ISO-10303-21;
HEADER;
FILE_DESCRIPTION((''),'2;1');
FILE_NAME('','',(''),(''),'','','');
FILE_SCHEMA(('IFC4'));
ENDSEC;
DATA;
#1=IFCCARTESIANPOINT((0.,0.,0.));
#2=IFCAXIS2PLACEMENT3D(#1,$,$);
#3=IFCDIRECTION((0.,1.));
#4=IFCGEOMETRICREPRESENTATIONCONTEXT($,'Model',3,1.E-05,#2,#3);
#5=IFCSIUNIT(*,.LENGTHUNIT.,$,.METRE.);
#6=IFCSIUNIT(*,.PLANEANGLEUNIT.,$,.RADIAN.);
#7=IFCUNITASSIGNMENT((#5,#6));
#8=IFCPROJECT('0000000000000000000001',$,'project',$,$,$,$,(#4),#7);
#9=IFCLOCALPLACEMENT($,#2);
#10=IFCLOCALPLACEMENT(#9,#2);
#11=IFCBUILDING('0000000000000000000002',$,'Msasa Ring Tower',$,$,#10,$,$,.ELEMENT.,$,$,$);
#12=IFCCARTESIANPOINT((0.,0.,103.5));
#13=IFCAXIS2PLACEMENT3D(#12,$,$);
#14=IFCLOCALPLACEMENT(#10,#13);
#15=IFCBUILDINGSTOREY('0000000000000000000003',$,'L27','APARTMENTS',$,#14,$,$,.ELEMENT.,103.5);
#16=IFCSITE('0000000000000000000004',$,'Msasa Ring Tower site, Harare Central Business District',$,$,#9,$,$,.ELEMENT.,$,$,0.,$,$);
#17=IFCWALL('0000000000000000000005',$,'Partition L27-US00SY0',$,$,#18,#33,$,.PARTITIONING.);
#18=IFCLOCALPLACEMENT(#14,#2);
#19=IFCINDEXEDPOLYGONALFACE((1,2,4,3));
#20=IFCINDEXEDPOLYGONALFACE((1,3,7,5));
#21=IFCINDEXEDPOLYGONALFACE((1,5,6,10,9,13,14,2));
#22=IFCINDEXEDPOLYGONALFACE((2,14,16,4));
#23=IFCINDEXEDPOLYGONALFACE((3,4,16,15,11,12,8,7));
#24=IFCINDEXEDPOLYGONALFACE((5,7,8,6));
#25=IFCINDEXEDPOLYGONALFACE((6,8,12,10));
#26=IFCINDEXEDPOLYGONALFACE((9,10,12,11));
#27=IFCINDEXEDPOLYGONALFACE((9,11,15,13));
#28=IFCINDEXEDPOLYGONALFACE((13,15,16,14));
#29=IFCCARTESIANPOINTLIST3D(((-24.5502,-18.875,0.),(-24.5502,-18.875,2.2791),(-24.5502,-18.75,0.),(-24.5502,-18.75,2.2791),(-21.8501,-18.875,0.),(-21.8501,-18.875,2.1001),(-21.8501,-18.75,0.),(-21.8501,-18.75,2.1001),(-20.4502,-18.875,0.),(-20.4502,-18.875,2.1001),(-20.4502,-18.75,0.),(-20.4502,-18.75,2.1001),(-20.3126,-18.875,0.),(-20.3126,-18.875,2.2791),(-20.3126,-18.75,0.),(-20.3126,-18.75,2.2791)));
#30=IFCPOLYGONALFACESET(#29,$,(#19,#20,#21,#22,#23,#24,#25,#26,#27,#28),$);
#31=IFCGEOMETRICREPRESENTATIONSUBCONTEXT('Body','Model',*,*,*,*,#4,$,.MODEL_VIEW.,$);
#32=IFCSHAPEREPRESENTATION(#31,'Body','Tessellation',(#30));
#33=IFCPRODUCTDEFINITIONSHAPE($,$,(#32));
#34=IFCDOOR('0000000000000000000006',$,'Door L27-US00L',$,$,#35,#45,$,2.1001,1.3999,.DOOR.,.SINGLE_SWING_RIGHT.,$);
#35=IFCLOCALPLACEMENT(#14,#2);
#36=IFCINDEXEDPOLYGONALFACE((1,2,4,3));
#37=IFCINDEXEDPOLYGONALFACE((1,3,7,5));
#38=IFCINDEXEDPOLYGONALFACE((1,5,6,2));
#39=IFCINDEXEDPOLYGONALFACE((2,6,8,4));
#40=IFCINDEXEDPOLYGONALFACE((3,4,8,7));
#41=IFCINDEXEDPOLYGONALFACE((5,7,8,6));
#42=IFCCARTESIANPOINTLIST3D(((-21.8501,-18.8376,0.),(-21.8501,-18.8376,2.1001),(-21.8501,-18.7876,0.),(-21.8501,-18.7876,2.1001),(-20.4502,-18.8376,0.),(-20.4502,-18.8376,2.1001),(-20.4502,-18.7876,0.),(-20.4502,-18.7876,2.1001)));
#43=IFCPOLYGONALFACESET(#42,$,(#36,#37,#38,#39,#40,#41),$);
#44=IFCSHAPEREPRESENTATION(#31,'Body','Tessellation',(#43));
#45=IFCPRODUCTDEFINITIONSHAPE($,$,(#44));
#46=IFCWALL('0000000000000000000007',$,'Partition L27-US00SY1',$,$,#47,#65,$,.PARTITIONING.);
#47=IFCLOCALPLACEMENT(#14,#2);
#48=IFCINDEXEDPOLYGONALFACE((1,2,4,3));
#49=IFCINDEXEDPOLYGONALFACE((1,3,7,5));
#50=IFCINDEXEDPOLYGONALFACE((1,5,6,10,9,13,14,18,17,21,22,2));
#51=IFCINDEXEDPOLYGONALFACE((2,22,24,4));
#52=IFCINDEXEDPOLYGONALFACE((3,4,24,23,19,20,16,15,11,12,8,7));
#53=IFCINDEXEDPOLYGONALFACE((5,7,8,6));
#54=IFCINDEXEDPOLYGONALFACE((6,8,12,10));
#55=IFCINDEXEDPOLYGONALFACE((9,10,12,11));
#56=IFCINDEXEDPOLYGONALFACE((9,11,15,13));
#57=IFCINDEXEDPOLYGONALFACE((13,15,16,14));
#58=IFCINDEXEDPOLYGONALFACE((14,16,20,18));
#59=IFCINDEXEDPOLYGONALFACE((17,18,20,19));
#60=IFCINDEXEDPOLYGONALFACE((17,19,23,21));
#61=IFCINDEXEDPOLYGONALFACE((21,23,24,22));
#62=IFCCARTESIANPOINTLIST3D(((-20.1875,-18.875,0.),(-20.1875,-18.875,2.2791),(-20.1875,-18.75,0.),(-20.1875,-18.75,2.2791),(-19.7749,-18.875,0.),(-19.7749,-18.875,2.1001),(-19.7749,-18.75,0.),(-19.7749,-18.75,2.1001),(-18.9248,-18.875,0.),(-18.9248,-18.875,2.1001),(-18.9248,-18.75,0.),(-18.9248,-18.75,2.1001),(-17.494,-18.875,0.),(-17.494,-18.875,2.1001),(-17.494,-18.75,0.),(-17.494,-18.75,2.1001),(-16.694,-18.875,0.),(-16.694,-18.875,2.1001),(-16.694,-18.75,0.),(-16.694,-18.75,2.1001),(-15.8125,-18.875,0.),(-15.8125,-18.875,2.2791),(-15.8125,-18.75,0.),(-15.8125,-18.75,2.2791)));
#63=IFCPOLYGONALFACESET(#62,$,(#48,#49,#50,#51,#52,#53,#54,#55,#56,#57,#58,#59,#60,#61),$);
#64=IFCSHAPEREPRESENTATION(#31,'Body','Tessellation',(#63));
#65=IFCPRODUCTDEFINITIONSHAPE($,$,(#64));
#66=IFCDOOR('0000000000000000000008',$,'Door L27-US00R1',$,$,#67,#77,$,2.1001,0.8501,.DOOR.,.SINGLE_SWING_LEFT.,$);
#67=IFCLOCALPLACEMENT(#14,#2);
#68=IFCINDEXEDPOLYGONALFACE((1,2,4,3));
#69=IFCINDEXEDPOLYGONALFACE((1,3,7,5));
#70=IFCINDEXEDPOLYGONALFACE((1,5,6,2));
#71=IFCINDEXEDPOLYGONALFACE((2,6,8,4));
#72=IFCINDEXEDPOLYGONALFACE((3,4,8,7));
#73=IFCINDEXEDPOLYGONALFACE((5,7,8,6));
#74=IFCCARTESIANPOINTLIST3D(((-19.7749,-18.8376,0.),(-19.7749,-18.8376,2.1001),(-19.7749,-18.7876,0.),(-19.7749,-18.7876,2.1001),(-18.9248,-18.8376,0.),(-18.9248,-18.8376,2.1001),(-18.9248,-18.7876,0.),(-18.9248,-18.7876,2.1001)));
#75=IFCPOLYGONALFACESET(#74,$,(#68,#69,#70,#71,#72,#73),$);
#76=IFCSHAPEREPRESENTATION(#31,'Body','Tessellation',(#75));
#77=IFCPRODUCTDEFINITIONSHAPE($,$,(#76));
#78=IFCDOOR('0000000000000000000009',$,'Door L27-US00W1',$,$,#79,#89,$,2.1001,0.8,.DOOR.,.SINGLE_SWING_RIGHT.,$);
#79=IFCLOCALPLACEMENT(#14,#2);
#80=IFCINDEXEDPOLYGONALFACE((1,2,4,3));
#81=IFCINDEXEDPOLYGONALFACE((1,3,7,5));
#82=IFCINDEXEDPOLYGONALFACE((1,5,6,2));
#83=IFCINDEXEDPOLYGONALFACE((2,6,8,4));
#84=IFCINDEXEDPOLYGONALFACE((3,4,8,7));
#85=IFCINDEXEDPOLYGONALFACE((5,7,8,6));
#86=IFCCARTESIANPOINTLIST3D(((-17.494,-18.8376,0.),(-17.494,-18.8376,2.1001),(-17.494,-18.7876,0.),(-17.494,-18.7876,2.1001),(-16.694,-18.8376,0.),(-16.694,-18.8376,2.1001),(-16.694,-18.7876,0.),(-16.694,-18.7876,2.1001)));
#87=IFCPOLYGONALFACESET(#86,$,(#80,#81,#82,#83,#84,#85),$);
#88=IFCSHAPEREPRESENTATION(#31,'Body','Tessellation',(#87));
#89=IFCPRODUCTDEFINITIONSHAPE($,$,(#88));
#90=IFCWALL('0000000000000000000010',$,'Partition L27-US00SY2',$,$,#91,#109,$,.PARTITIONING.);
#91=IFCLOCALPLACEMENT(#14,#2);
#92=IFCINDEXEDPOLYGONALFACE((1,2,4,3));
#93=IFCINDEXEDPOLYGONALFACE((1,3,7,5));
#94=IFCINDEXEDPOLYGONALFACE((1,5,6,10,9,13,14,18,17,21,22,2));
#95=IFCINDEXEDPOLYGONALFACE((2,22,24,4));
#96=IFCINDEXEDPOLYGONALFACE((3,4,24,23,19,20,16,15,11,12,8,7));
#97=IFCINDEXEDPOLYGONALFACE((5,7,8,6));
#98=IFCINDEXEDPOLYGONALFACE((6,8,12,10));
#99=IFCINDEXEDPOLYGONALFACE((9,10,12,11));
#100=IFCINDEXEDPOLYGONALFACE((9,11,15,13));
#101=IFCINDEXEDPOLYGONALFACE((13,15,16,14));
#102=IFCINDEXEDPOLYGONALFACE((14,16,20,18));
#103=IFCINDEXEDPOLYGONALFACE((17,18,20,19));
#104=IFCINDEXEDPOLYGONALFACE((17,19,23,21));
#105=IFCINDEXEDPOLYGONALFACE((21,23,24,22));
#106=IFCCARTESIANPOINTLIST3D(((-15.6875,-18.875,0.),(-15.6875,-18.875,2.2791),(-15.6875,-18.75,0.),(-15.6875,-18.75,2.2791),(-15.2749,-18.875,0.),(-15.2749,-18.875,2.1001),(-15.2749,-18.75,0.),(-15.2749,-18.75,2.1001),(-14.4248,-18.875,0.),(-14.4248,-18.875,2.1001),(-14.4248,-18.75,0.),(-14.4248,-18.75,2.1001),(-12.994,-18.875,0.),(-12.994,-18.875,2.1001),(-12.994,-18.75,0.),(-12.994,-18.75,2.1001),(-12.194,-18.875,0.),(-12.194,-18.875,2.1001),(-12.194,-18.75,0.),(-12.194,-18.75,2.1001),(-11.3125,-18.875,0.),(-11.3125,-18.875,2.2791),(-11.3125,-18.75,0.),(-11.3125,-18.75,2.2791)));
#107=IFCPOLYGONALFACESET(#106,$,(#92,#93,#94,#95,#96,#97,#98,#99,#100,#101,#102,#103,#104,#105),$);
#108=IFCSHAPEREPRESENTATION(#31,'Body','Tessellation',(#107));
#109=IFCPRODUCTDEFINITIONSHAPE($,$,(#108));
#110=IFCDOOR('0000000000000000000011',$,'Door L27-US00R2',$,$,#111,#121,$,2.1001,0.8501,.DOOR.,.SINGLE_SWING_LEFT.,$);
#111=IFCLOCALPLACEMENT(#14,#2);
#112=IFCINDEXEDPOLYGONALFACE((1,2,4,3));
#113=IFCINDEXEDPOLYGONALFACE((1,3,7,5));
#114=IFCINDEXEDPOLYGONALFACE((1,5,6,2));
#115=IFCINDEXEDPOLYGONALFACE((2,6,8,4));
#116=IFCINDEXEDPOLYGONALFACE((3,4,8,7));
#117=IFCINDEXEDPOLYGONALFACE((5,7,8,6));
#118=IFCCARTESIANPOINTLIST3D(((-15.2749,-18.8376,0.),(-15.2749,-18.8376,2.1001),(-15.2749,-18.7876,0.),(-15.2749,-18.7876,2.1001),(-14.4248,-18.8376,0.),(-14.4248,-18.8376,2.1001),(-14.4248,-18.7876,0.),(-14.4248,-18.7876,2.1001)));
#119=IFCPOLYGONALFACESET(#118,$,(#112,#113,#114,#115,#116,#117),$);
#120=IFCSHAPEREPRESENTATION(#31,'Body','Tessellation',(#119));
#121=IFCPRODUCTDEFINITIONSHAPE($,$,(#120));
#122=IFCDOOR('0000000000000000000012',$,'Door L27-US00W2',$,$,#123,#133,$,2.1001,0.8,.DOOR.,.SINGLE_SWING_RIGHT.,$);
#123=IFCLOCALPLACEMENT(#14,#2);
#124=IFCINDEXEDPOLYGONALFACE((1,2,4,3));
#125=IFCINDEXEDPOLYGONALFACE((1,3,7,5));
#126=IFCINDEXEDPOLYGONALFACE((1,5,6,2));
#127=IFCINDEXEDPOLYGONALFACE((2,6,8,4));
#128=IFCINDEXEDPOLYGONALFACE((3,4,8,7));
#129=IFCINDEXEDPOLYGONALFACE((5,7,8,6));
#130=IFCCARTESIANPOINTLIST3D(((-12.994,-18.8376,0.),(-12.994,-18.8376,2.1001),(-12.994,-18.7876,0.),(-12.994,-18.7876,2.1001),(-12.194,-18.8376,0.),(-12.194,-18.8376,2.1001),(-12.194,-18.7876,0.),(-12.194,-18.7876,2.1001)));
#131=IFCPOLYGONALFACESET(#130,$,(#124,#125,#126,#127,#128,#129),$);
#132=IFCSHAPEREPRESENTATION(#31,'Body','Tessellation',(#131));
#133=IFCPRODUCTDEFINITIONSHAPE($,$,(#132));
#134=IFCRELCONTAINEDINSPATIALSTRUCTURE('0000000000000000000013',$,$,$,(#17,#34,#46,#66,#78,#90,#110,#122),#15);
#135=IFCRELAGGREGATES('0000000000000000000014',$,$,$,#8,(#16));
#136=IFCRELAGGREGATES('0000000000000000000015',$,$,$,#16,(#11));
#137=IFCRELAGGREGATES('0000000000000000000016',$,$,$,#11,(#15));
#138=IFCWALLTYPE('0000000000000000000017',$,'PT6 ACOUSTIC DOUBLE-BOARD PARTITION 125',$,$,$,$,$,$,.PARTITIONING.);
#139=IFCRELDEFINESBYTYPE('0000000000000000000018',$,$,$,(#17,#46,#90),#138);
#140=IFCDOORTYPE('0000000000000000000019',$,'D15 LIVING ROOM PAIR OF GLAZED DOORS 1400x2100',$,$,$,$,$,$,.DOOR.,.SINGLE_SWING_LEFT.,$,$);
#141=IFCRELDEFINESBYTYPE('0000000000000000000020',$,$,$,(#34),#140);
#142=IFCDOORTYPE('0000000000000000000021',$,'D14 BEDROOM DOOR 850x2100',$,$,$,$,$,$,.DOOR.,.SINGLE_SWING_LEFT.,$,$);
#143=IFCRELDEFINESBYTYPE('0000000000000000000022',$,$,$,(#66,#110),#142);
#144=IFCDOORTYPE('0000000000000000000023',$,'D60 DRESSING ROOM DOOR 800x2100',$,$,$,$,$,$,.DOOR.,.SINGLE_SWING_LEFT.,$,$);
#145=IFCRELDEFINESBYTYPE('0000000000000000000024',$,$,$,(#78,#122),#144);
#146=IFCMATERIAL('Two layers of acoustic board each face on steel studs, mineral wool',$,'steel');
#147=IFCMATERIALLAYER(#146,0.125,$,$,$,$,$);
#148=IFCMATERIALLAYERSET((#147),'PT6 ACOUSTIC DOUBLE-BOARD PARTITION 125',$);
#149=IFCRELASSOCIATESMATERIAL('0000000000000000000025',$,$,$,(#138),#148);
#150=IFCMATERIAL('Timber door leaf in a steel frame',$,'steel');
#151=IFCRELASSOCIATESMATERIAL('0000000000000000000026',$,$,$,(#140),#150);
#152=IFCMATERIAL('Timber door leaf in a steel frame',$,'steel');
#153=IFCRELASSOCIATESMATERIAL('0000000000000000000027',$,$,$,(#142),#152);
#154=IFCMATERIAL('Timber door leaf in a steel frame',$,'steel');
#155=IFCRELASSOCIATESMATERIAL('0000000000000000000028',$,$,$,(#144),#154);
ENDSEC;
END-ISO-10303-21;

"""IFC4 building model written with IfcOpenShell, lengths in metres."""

from ifc_helpers import new_model, si_unit, direction, frame, frame_2d, origin, place, context, subcontext, project, spatial, rectangle, extrude, material, layer, layer_set, type_object, element, fill, save


model = new_model("IFC4")

# Units and contexts
model_context = context("Model", 3, precision=1e-05, world=origin(), true_north=direction((0.0, 1.0)))
body_context = subcontext(model_context, "Body", "Model", "MODEL_VIEW")
ifc_project = project(units=[si_unit("LENGTHUNIT", "METRE"), si_unit("PLANEANGLEUNIT", "RADIAN")], contexts=[model_context])

# Site, building, storey
site_placement = place(None, origin())
site = spatial("IfcSite", under=ifc_project, at=site_placement, Name="Msasa Ring Tower site, Harare Central Business District", CompositionType="ELEMENT", RefElevation=0.0)
building_placement = place(site_placement, origin())
building = spatial("IfcBuilding", under=site, at=building_placement, Name="Msasa Ring Tower", CompositionType="ELEMENT")
storey_placement = place(building_placement, frame((0.0, 0.0, 103.5)))
storey = spatial("IfcBuildingStorey", under=building, at=storey_placement, Name="L27", Description="APARTMENTS", CompositionType="ELEMENT", Elevation=103.5)

# Shared definitions
ifc_material_1 = material(Name="Two layers of acoustic board each face on steel studs, mineral wool", Category="steel")
ifc_layer_1 = layer(ifc_material_1, 0.125)
ifc_layer_set_1 = layer_set([ifc_layer_1], Name="PT6 ACOUSTIC DOUBLE-BOARD PARTITION 125")
wall_type_1 = type_object("IfcWallType", Name="PT6 ACOUSTIC DOUBLE-BOARD PARTITION 125", PredefinedType="PARTITIONING", material=ifc_layer_set_1)

# Wall, opening, door
wall_1_placement = place(storey_placement, frame((-24.55, -18.8125, 0.0), z_axis=(0.0, 0.0, 1.0), x_axis=(1.0, 0.0, 0.0)))
wall_1 = element("IfcWall", 1, at=wall_1_placement, inside=storey, type_object=wall_type_1, Name="Partition L27-US00SY0", PredefinedType="PARTITIONING", context=body_context, shape_type="SweptSolid", body=[
    extrude(rectangle(XDim=4.2375, YDim=0.125, at=frame_2d((2.1187, 0.0))), origin(), (0.0, 0.0, 1.0), 2.2791),
])
opening_1_placement = place(wall_1_placement, frame((2.7, 0.0, 0.0)))
opening_1 = element("IfcOpeningElement", 2, at=opening_1_placement, cuts=wall_1, PredefinedType="OPENING", context=body_context, shape_type="SweptSolid", body=[
    extrude(rectangle(XDim=1.3999, YDim=2.1001, at=frame_2d((0.7, 1.05))), frame((0.0, 0.0725, 0.0), z_axis=(0.0, -1.0, 0.0), x_axis=(1.0, 0.0, 0.0)), (0.0, 0.0, 1.0), 0.145),
])
ifc_material_2 = material(Name="Timber door leaf in a steel frame", Category="steel")
door_type_1 = type_object("IfcDoorType", Name="D15 LIVING ROOM PAIR OF GLAZED DOORS 1400x2100", OperationType="SINGLE_SWING_LEFT", PredefinedType="DOOR", material=ifc_material_2)
door_1_placement = place(opening_1_placement, origin())
door_1 = element("IfcDoor", 3, at=door_1_placement, inside=storey, type_object=door_type_1, Name="Door L27-US00L", OperationType="SINGLE_SWING_RIGHT", OverallHeight=2.1001, OverallWidth=1.3999, PredefinedType="DOOR", context=body_context, shape_type="SweptSolid", body=[
    extrude(rectangle(XDim=1.3999, YDim=2.1001, at=frame_2d((0.7, 1.05))), frame((0.0, 0.0249, 0.0), z_axis=(0.0, -1.0, 0.0), x_axis=(1.0, 0.0, 0.0)), (0.0, 0.0, 1.0), 0.05),
])
fill(opening_1, door_1)

# Walls, openings, doors
wall_2_placement = place(storey_placement, frame((-20.1875, -18.8125, 0.0), z_axis=(0.0, 0.0, 1.0), x_axis=(1.0, 0.0, 0.0)))
wall_2 = element("IfcWall", 4, at=wall_2_placement, inside=storey, type_object=wall_type_1, Name="Partition L27-US00SY1", PredefinedType="PARTITIONING", context=body_context, shape_type="SweptSolid", body=[
    extrude(rectangle(XDim=4.375, YDim=0.125, at=frame_2d((2.1875, 0.0))), origin(), (0.0, 0.0, 1.0), 2.2791),
])
opening_2_placement = place(wall_2_placement, frame((0.4126, 0.0, 0.0)))
opening_2 = element("IfcOpeningElement", 5, at=opening_2_placement, cuts=wall_2, PredefinedType="OPENING", context=body_context, shape_type="SweptSolid", body=[
    extrude(rectangle(XDim=0.8501, YDim=2.1001, at=frame_2d((0.425, 1.05))), frame((0.0, 0.0725, 0.0), z_axis=(0.0, -1.0, 0.0), x_axis=(1.0, 0.0, 0.0)), (0.0, 0.0, 1.0), 0.145),
])
opening_3_placement = place(wall_2_placement, frame((2.6936, 0.0, 0.0)))
opening_3 = element("IfcOpeningElement", 6, at=opening_3_placement, cuts=wall_2, PredefinedType="OPENING", context=body_context, shape_type="SweptSolid", body=[
    extrude(rectangle(XDim=0.8, YDim=2.1001, at=frame_2d((0.3999, 1.05))), frame((0.0, 0.0725, 0.0), z_axis=(0.0, -1.0, 0.0), x_axis=(1.0, 0.0, 0.0)), (0.0, 0.0, 1.0), 0.145),
])
ifc_material_3 = material(Name="Timber door leaf in a steel frame", Category="steel")
door_type_2 = type_object("IfcDoorType", Name="D14 BEDROOM DOOR 850x2100", OperationType="SINGLE_SWING_LEFT", PredefinedType="DOOR", material=ifc_material_3)
door_2_placement = place(opening_2_placement, origin())
door_2 = element("IfcDoor", 7, at=door_2_placement, inside=storey, type_object=door_type_2, Name="Door L27-US00R1", OperationType="SINGLE_SWING_LEFT", OverallHeight=2.1001, OverallWidth=0.8501, PredefinedType="DOOR", context=body_context, shape_type="SweptSolid", body=[
    extrude(rectangle(XDim=0.8501, YDim=2.1001, at=frame_2d((0.425, 1.05))), frame((0.0, 0.0249, 0.0), z_axis=(0.0, -1.0, 0.0), x_axis=(1.0, 0.0, 0.0)), (0.0, 0.0, 1.0), 0.05),
])
fill(opening_2, door_2)
ifc_material_4 = material(Name="Timber door leaf in a steel frame", Category="steel")
door_type_3 = type_object("IfcDoorType", Name="D60 DRESSING ROOM DOOR 800x2100", OperationType="SINGLE_SWING_LEFT", PredefinedType="DOOR", material=ifc_material_4)
door_3_placement = place(opening_3_placement, origin())
door_3 = element("IfcDoor", 8, at=door_3_placement, inside=storey, type_object=door_type_3, Name="Door L27-US00W1", OperationType="SINGLE_SWING_RIGHT", OverallHeight=2.1001, OverallWidth=0.8, PredefinedType="DOOR", context=body_context, shape_type="SweptSolid", body=[
    extrude(rectangle(XDim=0.8, YDim=2.1001, at=frame_2d((0.3999, 1.05))), frame((0.0, 0.0249, 0.0), z_axis=(0.0, -1.0, 0.0), x_axis=(1.0, 0.0, 0.0)), (0.0, 0.0, 1.0), 0.05),
])
fill(opening_3, door_3)
wall_3_placement = place(storey_placement, frame((-15.6875, -18.8125, 0.0), z_axis=(0.0, 0.0, 1.0), x_axis=(1.0, 0.0, 0.0)))
wall_3 = element("IfcWall", 9, at=wall_3_placement, inside=storey, type_object=wall_type_1, Name="Partition L27-US00SY2", PredefinedType="PARTITIONING", context=body_context, shape_type="SweptSolid", body=[
    extrude(rectangle(XDim=4.375, YDim=0.125, at=frame_2d((2.1875, 0.0))), origin(), (0.0, 0.0, 1.0), 2.2791),
])
opening_4_placement = place(wall_3_placement, frame((0.4126, 0.0, 0.0)))
opening_4 = element("IfcOpeningElement", 10, at=opening_4_placement, cuts=wall_3, PredefinedType="OPENING", context=body_context, shape_type="SweptSolid", body=[
    extrude(rectangle(XDim=0.8501, YDim=2.1001, at=frame_2d((0.425, 1.05))), frame((0.0, 0.0725, 0.0), z_axis=(0.0, -1.0, 0.0), x_axis=(1.0, 0.0, 0.0)), (0.0, 0.0, 1.0), 0.145),
])
opening_5_placement = place(wall_3_placement, frame((2.6936, 0.0, 0.0)))
opening_5 = element("IfcOpeningElement", 11, at=opening_5_placement, cuts=wall_3, PredefinedType="OPENING", context=body_context, shape_type="SweptSolid", body=[
    extrude(rectangle(XDim=0.8, YDim=2.1001, at=frame_2d((0.3999, 1.05))), frame((0.0, 0.0725, 0.0), z_axis=(0.0, -1.0, 0.0), x_axis=(1.0, 0.0, 0.0)), (0.0, 0.0, 1.0), 0.145),
])
door_4_placement = place(opening_4_placement, origin())
door_4 = element("IfcDoor", 12, at=door_4_placement, inside=storey, type_object=door_type_2, Name="Door L27-US00R2", OperationType="SINGLE_SWING_LEFT", OverallHeight=2.1001, OverallWidth=0.8501, PredefinedType="DOOR", context=body_context, shape_type="SweptSolid", body=[
    extrude(rectangle(XDim=0.8501, YDim=2.1001, at=frame_2d((0.425, 1.05))), frame((0.0, 0.0249, 0.0), z_axis=(0.0, -1.0, 0.0), x_axis=(1.0, 0.0, 0.0)), (0.0, 0.0, 1.0), 0.05),
])
fill(opening_4, door_4)
door_5_placement = place(opening_5_placement, origin())
door_5 = element("IfcDoor", 13, at=door_5_placement, inside=storey, type_object=door_type_3, Name="Door L27-US00W2", OperationType="SINGLE_SWING_RIGHT", OverallHeight=2.1001, OverallWidth=0.8, PredefinedType="DOOR", context=body_context, shape_type="SweptSolid", body=[
    extrude(rectangle(XDim=0.8, YDim=2.1001, at=frame_2d((0.3999, 1.05))), frame((0.0, 0.0249, 0.0), z_axis=(0.0, -1.0, 0.0), x_axis=(1.0, 0.0, 0.0)), (0.0, 0.0, 1.0), 0.05),
])
fill(opening_5, door_5)

save(model, "model.ifc")
